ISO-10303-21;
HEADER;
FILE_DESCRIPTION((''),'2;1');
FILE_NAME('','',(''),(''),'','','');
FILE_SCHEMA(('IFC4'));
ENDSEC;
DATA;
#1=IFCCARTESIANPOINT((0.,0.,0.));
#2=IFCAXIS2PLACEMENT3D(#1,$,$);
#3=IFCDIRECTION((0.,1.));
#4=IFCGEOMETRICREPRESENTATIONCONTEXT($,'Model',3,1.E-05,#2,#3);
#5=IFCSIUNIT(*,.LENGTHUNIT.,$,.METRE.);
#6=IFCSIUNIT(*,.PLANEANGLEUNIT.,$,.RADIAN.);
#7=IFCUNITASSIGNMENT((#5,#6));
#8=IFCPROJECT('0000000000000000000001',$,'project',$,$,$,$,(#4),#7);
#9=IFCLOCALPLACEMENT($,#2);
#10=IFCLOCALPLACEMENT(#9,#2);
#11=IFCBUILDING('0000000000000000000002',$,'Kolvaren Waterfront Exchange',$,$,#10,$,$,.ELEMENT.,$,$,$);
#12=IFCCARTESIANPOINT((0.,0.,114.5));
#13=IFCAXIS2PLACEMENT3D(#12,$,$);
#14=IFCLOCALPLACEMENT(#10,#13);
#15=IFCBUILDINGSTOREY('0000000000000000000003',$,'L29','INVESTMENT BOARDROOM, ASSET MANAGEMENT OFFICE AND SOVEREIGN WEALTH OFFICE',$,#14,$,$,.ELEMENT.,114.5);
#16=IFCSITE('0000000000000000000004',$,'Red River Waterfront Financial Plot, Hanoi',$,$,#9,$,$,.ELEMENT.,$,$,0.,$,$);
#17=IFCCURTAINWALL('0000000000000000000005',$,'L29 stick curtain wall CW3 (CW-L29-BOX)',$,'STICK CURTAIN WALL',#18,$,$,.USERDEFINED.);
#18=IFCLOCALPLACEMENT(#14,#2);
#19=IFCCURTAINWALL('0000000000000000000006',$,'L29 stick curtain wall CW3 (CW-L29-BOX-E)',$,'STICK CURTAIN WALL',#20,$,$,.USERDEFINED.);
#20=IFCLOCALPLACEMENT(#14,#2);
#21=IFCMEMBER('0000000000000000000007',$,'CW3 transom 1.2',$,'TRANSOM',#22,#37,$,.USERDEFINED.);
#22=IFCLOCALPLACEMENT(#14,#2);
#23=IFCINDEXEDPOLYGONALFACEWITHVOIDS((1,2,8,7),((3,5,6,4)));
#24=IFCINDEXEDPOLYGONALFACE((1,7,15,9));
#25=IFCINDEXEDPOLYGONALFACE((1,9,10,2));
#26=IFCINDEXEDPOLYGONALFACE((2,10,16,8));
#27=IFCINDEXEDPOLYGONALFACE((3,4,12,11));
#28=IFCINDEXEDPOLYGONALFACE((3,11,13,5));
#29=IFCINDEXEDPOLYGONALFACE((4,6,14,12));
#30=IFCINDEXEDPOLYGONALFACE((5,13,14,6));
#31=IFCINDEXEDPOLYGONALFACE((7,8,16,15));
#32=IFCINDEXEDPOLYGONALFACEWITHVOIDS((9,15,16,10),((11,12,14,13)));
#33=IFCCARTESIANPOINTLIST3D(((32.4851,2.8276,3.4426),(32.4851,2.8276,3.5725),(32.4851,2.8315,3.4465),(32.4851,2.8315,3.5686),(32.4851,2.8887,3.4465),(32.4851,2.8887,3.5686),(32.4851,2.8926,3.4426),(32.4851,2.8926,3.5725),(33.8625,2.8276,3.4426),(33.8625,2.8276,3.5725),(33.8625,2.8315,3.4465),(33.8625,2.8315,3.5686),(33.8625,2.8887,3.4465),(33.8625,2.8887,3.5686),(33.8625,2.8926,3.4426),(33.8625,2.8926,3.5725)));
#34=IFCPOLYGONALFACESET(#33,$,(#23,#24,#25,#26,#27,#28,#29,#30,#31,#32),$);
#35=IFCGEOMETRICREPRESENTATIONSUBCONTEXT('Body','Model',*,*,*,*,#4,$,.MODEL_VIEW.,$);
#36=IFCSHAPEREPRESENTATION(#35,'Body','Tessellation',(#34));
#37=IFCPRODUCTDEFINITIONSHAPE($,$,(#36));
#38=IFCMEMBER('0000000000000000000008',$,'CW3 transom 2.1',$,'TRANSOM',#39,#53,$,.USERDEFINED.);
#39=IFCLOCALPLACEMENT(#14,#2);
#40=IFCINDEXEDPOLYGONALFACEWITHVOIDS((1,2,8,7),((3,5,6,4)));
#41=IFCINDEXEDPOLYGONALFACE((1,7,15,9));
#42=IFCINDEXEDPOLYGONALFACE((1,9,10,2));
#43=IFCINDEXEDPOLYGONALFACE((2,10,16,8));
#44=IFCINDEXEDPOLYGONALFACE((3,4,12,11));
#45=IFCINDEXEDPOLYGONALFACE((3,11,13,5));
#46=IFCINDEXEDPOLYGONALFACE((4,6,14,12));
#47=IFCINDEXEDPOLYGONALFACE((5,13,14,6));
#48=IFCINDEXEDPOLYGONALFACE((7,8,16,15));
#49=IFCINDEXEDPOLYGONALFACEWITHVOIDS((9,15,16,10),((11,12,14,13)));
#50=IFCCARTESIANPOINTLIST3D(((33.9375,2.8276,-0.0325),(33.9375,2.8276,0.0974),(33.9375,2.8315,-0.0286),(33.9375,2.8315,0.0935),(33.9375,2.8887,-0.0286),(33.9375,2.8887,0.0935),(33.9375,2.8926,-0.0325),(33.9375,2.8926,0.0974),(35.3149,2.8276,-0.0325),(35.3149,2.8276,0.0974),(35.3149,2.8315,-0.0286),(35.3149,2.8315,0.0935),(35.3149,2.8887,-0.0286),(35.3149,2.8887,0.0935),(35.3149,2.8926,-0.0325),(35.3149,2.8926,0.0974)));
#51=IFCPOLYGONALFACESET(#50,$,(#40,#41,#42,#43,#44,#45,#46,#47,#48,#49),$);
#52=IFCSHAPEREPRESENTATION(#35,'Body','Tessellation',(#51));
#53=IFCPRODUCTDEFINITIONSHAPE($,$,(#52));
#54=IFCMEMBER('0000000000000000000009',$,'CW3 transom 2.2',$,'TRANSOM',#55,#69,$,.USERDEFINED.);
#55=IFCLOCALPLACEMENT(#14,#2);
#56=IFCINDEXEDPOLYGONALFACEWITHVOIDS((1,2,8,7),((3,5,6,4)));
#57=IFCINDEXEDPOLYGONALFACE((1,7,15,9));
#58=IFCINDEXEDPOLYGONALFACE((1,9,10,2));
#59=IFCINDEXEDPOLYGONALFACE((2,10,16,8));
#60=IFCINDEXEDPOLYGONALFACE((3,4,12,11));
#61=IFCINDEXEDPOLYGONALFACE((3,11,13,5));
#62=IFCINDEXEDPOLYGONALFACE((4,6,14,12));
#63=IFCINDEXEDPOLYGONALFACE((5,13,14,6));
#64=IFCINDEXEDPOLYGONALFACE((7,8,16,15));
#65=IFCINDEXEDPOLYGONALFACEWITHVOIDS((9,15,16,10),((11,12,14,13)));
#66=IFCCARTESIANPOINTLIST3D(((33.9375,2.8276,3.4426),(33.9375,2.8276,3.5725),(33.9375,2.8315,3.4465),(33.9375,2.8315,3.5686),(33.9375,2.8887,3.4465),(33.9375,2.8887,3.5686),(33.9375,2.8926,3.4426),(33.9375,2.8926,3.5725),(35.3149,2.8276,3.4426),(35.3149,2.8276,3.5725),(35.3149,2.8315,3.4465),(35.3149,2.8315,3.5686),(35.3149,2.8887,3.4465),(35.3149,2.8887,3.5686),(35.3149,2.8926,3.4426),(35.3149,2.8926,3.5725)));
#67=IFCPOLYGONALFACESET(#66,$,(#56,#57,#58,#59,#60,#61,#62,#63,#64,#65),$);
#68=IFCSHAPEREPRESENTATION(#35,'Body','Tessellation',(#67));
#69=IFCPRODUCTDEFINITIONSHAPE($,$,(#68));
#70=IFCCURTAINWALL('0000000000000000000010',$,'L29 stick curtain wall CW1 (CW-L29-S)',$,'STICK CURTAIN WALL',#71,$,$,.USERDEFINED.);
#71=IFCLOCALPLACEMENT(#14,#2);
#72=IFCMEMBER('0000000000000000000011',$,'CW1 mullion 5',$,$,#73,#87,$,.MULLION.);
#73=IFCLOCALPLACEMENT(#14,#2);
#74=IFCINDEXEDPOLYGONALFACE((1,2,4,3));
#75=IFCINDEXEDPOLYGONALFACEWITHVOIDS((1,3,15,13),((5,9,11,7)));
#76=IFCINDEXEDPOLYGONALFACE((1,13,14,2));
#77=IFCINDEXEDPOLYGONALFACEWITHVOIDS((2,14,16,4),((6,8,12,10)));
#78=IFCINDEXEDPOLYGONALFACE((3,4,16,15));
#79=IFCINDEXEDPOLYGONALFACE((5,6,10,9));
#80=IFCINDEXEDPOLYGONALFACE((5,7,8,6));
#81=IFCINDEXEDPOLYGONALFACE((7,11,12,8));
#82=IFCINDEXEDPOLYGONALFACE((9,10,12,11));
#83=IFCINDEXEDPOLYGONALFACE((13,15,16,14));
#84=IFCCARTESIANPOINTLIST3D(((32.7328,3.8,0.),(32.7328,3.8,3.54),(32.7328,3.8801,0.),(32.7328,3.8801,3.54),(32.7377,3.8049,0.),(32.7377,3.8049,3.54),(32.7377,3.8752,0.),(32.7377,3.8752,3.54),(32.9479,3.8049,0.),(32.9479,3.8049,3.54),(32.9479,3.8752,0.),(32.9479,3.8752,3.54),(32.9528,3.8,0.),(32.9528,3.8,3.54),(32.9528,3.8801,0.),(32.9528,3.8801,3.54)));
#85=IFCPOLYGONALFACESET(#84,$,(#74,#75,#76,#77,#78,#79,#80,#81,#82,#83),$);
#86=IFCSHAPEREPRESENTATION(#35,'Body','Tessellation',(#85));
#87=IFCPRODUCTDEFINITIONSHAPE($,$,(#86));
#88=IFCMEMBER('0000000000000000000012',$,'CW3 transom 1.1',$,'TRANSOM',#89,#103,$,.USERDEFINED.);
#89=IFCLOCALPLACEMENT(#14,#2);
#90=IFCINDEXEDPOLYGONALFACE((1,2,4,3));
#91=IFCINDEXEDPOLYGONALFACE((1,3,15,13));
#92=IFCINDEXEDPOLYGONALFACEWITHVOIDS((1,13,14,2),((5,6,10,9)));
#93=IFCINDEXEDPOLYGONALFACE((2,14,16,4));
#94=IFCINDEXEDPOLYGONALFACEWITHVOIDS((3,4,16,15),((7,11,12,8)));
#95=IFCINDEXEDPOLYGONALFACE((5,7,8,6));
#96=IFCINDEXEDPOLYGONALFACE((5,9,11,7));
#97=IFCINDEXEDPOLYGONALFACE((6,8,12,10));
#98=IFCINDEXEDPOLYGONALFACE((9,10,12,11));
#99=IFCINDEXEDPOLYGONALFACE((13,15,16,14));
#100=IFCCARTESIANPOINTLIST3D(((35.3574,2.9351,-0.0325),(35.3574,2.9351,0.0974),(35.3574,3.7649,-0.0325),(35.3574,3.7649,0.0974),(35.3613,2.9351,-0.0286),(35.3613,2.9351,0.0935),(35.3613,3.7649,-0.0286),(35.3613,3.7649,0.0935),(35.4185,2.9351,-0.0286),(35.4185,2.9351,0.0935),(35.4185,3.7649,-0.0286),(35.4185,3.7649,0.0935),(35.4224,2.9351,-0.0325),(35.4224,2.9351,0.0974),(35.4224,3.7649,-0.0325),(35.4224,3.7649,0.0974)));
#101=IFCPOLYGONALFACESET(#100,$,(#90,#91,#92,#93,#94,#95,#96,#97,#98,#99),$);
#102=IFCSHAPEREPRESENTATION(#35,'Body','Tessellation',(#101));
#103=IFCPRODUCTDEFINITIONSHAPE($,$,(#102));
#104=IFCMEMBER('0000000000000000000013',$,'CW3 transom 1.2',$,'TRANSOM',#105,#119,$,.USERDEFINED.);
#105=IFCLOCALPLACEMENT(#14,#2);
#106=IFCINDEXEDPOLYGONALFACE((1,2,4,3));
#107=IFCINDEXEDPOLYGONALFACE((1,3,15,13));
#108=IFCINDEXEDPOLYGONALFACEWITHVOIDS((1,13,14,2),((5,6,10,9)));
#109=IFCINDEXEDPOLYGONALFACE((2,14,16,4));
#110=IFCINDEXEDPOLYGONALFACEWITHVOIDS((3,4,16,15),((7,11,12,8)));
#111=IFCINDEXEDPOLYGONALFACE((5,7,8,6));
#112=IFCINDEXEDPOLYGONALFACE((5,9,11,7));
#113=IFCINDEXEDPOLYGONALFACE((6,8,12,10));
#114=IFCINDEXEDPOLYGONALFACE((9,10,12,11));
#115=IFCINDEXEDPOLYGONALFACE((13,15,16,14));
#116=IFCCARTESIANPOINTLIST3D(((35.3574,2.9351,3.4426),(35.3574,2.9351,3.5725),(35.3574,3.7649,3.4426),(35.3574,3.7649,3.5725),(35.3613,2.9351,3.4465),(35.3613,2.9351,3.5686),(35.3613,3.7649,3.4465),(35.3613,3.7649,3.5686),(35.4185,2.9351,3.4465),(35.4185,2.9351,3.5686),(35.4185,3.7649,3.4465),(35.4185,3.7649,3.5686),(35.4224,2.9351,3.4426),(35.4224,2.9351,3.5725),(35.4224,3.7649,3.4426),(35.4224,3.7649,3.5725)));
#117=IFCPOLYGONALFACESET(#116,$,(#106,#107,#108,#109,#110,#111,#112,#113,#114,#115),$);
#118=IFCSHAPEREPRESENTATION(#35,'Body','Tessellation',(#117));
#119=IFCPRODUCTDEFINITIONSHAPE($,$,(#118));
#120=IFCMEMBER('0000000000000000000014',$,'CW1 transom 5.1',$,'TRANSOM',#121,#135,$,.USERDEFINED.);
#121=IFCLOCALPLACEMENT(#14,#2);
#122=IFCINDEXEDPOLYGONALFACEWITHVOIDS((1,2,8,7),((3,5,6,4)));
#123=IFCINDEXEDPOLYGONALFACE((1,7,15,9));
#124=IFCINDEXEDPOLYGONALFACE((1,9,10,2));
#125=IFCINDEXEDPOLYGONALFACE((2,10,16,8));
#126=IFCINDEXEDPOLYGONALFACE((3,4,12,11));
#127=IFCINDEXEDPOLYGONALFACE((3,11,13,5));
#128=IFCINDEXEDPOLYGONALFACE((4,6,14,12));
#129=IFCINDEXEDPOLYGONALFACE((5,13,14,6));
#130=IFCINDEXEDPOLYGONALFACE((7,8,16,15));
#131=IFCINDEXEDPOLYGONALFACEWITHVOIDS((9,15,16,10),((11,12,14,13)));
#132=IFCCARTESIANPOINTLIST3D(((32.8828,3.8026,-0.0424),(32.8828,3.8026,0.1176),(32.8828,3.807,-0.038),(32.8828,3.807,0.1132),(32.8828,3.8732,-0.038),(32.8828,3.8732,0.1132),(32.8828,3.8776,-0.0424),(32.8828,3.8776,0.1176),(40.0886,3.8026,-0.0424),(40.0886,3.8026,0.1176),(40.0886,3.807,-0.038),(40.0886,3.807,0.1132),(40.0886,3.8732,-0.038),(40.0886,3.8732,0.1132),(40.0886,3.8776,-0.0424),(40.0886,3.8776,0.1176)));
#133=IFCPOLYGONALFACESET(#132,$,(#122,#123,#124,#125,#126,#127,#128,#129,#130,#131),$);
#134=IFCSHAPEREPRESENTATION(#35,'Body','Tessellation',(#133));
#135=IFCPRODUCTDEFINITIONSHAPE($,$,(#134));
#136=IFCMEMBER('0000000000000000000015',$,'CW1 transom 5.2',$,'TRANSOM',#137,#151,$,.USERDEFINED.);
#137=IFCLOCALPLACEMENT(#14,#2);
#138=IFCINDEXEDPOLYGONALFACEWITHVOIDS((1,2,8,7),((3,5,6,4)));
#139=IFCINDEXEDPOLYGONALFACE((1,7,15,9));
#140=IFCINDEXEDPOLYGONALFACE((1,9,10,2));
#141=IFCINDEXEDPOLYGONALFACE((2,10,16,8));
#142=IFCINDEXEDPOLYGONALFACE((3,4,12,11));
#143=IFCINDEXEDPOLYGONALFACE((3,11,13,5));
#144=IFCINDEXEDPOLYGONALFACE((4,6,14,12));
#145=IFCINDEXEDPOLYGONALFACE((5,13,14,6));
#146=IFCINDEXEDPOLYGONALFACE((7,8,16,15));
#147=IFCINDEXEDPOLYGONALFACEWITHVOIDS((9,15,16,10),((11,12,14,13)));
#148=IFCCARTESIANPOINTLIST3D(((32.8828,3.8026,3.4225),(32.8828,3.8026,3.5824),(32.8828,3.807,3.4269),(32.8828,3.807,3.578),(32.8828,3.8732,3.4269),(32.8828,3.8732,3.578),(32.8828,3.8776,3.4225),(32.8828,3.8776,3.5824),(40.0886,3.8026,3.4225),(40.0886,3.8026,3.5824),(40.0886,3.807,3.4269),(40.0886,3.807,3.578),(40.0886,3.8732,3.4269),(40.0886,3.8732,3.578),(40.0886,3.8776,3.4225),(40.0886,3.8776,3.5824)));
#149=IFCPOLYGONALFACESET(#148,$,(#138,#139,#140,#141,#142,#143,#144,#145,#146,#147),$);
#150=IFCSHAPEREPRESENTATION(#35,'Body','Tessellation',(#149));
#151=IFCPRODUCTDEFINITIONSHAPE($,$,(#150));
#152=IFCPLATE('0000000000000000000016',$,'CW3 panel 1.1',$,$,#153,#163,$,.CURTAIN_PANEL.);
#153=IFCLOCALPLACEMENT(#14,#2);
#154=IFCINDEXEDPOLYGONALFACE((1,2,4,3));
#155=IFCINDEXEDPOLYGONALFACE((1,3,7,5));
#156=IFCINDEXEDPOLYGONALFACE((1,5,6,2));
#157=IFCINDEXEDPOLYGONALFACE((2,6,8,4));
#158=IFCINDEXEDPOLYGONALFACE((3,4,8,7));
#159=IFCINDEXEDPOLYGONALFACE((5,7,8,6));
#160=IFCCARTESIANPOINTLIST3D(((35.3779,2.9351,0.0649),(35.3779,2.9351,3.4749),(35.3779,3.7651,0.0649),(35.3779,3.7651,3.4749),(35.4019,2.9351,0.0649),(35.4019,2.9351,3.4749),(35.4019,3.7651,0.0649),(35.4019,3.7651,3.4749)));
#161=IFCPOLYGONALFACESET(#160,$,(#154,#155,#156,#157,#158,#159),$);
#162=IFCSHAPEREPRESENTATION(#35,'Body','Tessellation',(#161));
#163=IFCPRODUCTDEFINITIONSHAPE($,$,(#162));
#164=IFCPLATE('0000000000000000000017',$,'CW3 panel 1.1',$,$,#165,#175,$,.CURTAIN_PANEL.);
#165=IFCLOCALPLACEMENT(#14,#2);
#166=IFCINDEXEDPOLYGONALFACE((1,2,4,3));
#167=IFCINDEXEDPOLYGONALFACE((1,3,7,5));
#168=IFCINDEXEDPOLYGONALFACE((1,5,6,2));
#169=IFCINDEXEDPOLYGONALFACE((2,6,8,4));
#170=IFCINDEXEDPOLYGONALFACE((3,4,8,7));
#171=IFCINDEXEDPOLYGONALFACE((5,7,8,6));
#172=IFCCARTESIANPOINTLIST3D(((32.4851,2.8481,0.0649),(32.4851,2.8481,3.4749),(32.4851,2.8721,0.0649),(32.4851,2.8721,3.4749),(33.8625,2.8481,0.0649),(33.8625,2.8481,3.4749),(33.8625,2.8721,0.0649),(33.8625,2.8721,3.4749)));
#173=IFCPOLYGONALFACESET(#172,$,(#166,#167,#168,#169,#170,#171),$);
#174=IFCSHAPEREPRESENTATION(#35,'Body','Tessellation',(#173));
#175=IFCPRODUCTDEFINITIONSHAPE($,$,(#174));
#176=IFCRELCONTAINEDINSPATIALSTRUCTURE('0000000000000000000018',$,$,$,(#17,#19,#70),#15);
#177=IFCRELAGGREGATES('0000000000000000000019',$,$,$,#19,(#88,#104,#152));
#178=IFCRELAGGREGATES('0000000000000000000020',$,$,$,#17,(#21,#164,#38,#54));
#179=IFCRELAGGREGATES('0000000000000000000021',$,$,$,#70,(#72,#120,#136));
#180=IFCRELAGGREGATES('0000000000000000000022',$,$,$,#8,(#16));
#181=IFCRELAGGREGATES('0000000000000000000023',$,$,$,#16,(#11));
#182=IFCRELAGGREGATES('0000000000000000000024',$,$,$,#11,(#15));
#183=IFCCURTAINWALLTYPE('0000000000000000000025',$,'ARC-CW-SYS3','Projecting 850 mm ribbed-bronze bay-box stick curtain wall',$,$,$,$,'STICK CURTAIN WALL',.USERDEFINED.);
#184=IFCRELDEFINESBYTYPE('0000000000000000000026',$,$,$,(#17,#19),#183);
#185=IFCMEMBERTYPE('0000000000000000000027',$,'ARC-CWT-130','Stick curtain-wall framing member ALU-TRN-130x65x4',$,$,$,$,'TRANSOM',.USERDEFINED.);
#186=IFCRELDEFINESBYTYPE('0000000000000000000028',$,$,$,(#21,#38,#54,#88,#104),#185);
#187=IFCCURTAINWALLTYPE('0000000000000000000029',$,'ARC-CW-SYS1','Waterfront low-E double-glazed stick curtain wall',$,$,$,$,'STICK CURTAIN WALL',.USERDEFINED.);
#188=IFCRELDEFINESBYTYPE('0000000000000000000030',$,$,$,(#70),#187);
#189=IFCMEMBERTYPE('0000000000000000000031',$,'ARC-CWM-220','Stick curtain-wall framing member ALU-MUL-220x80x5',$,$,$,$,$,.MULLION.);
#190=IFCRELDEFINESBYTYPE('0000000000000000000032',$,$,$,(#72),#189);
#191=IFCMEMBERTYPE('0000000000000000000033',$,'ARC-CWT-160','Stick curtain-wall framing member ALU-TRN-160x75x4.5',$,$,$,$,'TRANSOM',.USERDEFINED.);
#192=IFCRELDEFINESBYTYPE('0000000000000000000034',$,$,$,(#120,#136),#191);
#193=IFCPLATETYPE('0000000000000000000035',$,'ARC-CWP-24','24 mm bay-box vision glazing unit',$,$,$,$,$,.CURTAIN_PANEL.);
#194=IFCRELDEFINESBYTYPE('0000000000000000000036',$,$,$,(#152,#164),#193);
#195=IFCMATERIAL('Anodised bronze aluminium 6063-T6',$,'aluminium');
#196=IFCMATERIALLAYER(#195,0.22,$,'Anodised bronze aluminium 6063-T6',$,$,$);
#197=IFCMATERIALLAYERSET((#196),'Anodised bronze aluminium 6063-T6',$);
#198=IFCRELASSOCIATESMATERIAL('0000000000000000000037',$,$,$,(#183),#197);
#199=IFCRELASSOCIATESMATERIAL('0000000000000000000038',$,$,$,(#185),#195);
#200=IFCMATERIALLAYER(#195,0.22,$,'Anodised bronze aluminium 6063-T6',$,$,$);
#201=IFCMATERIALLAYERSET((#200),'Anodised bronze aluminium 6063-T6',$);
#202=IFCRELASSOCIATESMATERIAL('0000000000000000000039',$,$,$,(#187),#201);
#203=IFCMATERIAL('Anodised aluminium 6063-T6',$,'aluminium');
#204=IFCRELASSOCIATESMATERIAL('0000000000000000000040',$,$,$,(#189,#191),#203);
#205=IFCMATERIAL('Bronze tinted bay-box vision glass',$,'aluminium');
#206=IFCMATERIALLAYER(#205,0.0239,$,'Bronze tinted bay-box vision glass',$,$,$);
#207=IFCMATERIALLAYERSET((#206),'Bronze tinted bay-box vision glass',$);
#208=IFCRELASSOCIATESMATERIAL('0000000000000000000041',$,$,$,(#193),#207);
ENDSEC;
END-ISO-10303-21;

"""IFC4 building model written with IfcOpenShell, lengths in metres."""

from ifc_helpers import new_model, si_unit, direction, frame, origin, origin_with_axes, origin_2d, place, context, subcontext, project, spatial, rectangle, hollow_rectangle, extrude, source, transform, mapped, material, layer, layer_set, material_profile, profile_set, type_object, element, aggregate, save


model = new_model("IFC4")

# Units and contexts
model_context = context("Model", 3, precision=1e-05, world=origin(), true_north=direction((0.0, 1.0)))
body_context = subcontext(model_context, "Body", "Model", "MODEL_VIEW")
ifc_project = project(units=[si_unit("LENGTHUNIT", "METRE"), si_unit("PLANEANGLEUNIT", "RADIAN")], contexts=[model_context])

# Site, building, storey
site_placement = place(None, origin())
site = spatial("IfcSite", under=ifc_project, at=site_placement, Name="Red River Waterfront Financial Plot, Hanoi", CompositionType="ELEMENT", RefElevation=0.0)
building_placement = place(site_placement, origin())
building = spatial("IfcBuilding", under=site, at=building_placement, Name="Kolvaren Waterfront Exchange", CompositionType="ELEMENT")
storey_placement = place(building_placement, frame((0.0, 0.0, 114.5)))
storey = spatial("IfcBuildingStorey", under=building, at=storey_placement, Name="L29", Description="INVESTMENT BOARDROOM, ASSET MANAGEMENT OFFICE AND SOVEREIGN WEALTH OFFICE", CompositionType="ELEMENT", Elevation=114.5)

# Curtain walls
ifc_material_1 = material(Name="Anodised bronze aluminium 6063-T6", Category="aluminium")
ifc_layer_1 = layer(ifc_material_1, 0.22, Name="Anodised bronze aluminium 6063-T6")
ifc_layer_set_1 = layer_set([ifc_layer_1], Name="Anodised bronze aluminium 6063-T6")
curtain_wall_type_1 = type_object("IfcCurtainWallType", Name="ARC-CW-SYS3", Description="Projecting 850 mm ribbed-bronze bay-box stick curtain wall", ElementType="STICK CURTAIN WALL", PredefinedType="USERDEFINED", material=ifc_layer_set_1)
curtain_wall_1_placement = place(storey_placement, origin())
curtain_wall_1 = element("IfcCurtainWall", 1, at=curtain_wall_1_placement, inside=storey, type_object=curtain_wall_type_1, Name="L29 stick curtain wall CW3 (CW-L29-BOX)", ObjectType="STICK CURTAIN WALL", PredefinedType="USERDEFINED")
curtain_wall_2_placement = place(storey_placement, origin())
curtain_wall_2 = element("IfcCurtainWall", 2, at=curtain_wall_2_placement, inside=storey, type_object=curtain_wall_type_1, Name="L29 stick curtain wall CW3 (CW-L29-BOX-E)", ObjectType="STICK CURTAIN WALL", PredefinedType="USERDEFINED")

# Members
ifc_material_profile_1 = material_profile(ifc_material_1, hollow_rectangle(XDim=0.0649, YDim=0.1299, WallThickness=0.0039, at=origin_2d()), Name="ALU-TRN-130x65x4")
ifc_profile_set_1 = profile_set([ifc_material_profile_1], Name="Anodised bronze aluminium 6063-T6")
member_type_1 = type_object("IfcMemberType", Name="ARC-CWT-130", Description="Stick curtain-wall framing member ALU-TRN-130x65x4", ElementType="TRANSOM", PredefinedType="USERDEFINED", material=ifc_profile_set_1)
shared_shape_1 = source(origin_with_axes(), body_context, "Body", "SweptSolid", [
    extrude(hollow_rectangle(XDim=0.0649, YDim=0.1299, WallThickness=0.0039, at=origin_2d()), origin(), (0.0, 0.0, 1.0), 1.3774),
])
member_1_placement = place(storey_placement, frame((32.4851, 2.8601, 3.5076), z_axis=(1.0, 0.0, 0.0), x_axis=(0.0, 1.0, 0.0)))
member_1 = element("IfcMember", 3, at=member_1_placement, type_object=member_type_1, Name="CW3 transom 1.2", ObjectType="TRANSOM", PredefinedType="USERDEFINED", context=body_context, shape_type="MappedRepresentation", body=[
    mapped(shared_shape_1, transform((0.0, 0.0, 0.0), x_axis=(1.0, 0.0, 0.0), y_axis=(0.0, 1.0, 0.0), z_axis=(0.0, 0.0, 1.0), scale=1.0)),
])
member_2_placement = place(storey_placement, frame((33.9375, 2.8601, 0.0325), z_axis=(1.0, 0.0, 0.0), x_axis=(0.0, 1.0, 0.0)))
member_2 = element("IfcMember", 4, at=member_2_placement, type_object=member_type_1, Name="CW3 transom 2.1", ObjectType="TRANSOM", PredefinedType="USERDEFINED", context=body_context, shape_type="MappedRepresentation", body=[
    mapped(shared_shape_1, transform((0.0, 0.0, 0.0), x_axis=(1.0, 0.0, 0.0), y_axis=(0.0, 1.0, 0.0), z_axis=(0.0, 0.0, 1.0), scale=1.0)),
])
member_3_placement = place(storey_placement, frame((33.9375, 2.8601, 3.5076), z_axis=(1.0, 0.0, 0.0), x_axis=(0.0, 1.0, 0.0)))
member_3 = element("IfcMember", 5, at=member_3_placement, type_object=member_type_1, Name="CW3 transom 2.2", ObjectType="TRANSOM", PredefinedType="USERDEFINED", context=body_context, shape_type="MappedRepresentation", body=[
    mapped(shared_shape_1, transform((0.0, 0.0, 0.0), x_axis=(1.0, 0.0, 0.0), y_axis=(0.0, 1.0, 0.0), z_axis=(0.0, 0.0, 1.0), scale=1.0)),
])

# Curtain wall, member
ifc_layer_2 = layer(ifc_material_1, 0.22, Name="Anodised bronze aluminium 6063-T6")
ifc_layer_set_2 = layer_set([ifc_layer_2], Name="Anodised bronze aluminium 6063-T6")
curtain_wall_type_2 = type_object("IfcCurtainWallType", Name="ARC-CW-SYS1", Description="Waterfront low-E double-glazed stick curtain wall", ElementType="STICK CURTAIN WALL", PredefinedType="USERDEFINED", material=ifc_layer_set_2)
curtain_wall_3_placement = place(storey_placement, origin())
curtain_wall_3 = element("IfcCurtainWall", 6, at=curtain_wall_3_placement, inside=storey, type_object=curtain_wall_type_2, Name="L29 stick curtain wall CW1 (CW-L29-S)", ObjectType="STICK CURTAIN WALL", PredefinedType="USERDEFINED")
ifc_material_2 = material(Name="Anodised aluminium 6063-T6", Category="aluminium")
ifc_material_profile_2 = material_profile(ifc_material_2, hollow_rectangle(XDim=0.0801, YDim=0.22, WallThickness=0.0049, at=origin_2d()), Name="ALU-MUL-220x80x5")
ifc_profile_set_2 = profile_set([ifc_material_profile_2], Name="Anodised aluminium 6063-T6")
member_type_2 = type_object("IfcMemberType", Name="ARC-CWM-220", Description="Stick curtain-wall framing member ALU-MUL-220x80x5", PredefinedType="MULLION", material=ifc_profile_set_2)
shared_shape_2 = source(origin_with_axes(), body_context, "Body", "SweptSolid", [
    extrude(hollow_rectangle(XDim=0.0801, YDim=0.22, WallThickness=0.0049, at=origin_2d()), origin(), (0.0, 0.0, 1.0), 3.54),
])
member_4_placement = place(storey_placement, frame((32.8428, 3.8401, 0.0), z_axis=(0.0, 0.0, 1.0), x_axis=(0.0, 1.0, 0.0)))
member_4 = element("IfcMember", 7, at=member_4_placement, type_object=member_type_2, Name="CW1 mullion 5", PredefinedType="MULLION", context=body_context, shape_type="MappedRepresentation", body=[
    mapped(shared_shape_2, transform((0.0, 0.0, 0.0), x_axis=(1.0, 0.0, 0.0), y_axis=(0.0, 1.0, 0.0), z_axis=(0.0, 0.0, 1.0), scale=1.0)),
])

# Members
shared_shape_3 = source(origin_with_axes(), body_context, "Body", "SweptSolid", [
    extrude(hollow_rectangle(XDim=0.0649, YDim=0.1299, WallThickness=0.0039, at=origin_2d()), origin(), (0.0, 0.0, 1.0), 0.8298),
])
member_5_placement = place(storey_placement, frame((35.3899, 2.9351, 0.0325), z_axis=(0.0, 1.0, 0.0), x_axis=(-1.0, 0.0, 0.0)))
member_5 = element("IfcMember", 8, at=member_5_placement, type_object=member_type_1, Name="CW3 transom 1.1", ObjectType="TRANSOM", PredefinedType="USERDEFINED", context=body_context, shape_type="MappedRepresentation", body=[
    mapped(shared_shape_3, transform((0.0, 0.0, 0.0), x_axis=(1.0, 0.0, 0.0), y_axis=(0.0, 1.0, 0.0), z_axis=(0.0, 0.0, 1.0), scale=1.0)),
])
member_6_placement = place(storey_placement, frame((35.3899, 2.9351, 3.5076), z_axis=(0.0, 1.0, 0.0), x_axis=(-1.0, 0.0, 0.0)))
member_6 = element("IfcMember", 9, at=member_6_placement, type_object=member_type_1, Name="CW3 transom 1.2", ObjectType="TRANSOM", PredefinedType="USERDEFINED", context=body_context, shape_type="MappedRepresentation", body=[
    mapped(shared_shape_3, transform((0.0, 0.0, 0.0), x_axis=(1.0, 0.0, 0.0), y_axis=(0.0, 1.0, 0.0), z_axis=(0.0, 0.0, 1.0), scale=1.0)),
])
ifc_material_profile_3 = material_profile(ifc_material_2, hollow_rectangle(XDim=0.075, YDim=0.1599, WallThickness=0.0044, at=origin_2d()), Name="ALU-TRN-160x75x4.5")
ifc_profile_set_3 = profile_set([ifc_material_profile_3], Name="Anodised aluminium 6063-T6")
member_type_3 = type_object("IfcMemberType", Name="ARC-CWT-160", Description="Stick curtain-wall framing member ALU-TRN-160x75x4.5", ElementType="TRANSOM", PredefinedType="USERDEFINED", material=ifc_profile_set_3)
shared_shape_4 = source(origin_with_axes(), body_context, "Body", "SweptSolid", [
    extrude(hollow_rectangle(XDim=0.075, YDim=0.1599, WallThickness=0.0044, at=origin_2d()), origin(), (0.0, 0.0, 1.0), 7.2058),
])
member_7_placement = place(storey_placement, frame((32.8828, 3.8401, 0.0376), z_axis=(1.0, 0.0, 0.0), x_axis=(0.0, 1.0, 0.0)))
member_7 = element("IfcMember", 10, at=member_7_placement, type_object=member_type_3, Name="CW1 transom 5.1", ObjectType="TRANSOM", PredefinedType="USERDEFINED", context=body_context, shape_type="MappedRepresentation", body=[
    mapped(shared_shape_4, transform((0.0, 0.0, 0.0), x_axis=(1.0, 0.0, 0.0), y_axis=(0.0, 1.0, 0.0), z_axis=(0.0, 0.0, 1.0), scale=1.0)),
])
member_8_placement = place(storey_placement, frame((32.8828, 3.8401, 3.5024), z_axis=(1.0, 0.0, 0.0), x_axis=(0.0, 1.0, 0.0)))
member_8 = element("IfcMember", 11, at=member_8_placement, type_object=member_type_3, Name="CW1 transom 5.2", ObjectType="TRANSOM", PredefinedType="USERDEFINED", context=body_context, shape_type="MappedRepresentation", body=[
    mapped(shared_shape_4, transform((0.0, 0.0, 0.0), x_axis=(1.0, 0.0, 0.0), y_axis=(0.0, 1.0, 0.0), z_axis=(0.0, 0.0, 1.0), scale=1.0)),
])

# Plates
ifc_material_3 = material(Name="Bronze tinted bay-box vision glass", Category="aluminium")
ifc_layer_3 = layer(ifc_material_3, 0.0239, Name="Bronze tinted bay-box vision glass")
ifc_layer_set_3 = layer_set([ifc_layer_3], Name="Bronze tinted bay-box vision glass")
plate_type_1 = type_object("IfcPlateType", Name="ARC-CWP-24", Description="24 mm bay-box vision glazing unit", PredefinedType="CURTAIN_PANEL", material=ifc_layer_set_3)
shared_shape_5 = source(origin_with_axes(), body_context, "Body", "SweptSolid", [
    extrude(rectangle(XDim=0.8301, YDim=0.0239, at=origin_2d()), origin(), (0.0, 0.0, 1.0), 3.4099),
])
plate_1_placement = place(storey_placement, frame((35.3899, 3.3501, 0.0649), z_axis=(0.0, 0.0, 1.0), x_axis=(0.0, 1.0, 0.0)))
plate_1 = element("IfcPlate", 12, at=plate_1_placement, type_object=plate_type_1, Name="CW3 panel 1.1", PredefinedType="CURTAIN_PANEL", context=body_context, shape_type="MappedRepresentation", body=[
    mapped(shared_shape_5, transform((0.0, 0.0, 0.0), x_axis=(1.0, 0.0, 0.0), y_axis=(0.0, 1.0, 0.0), z_axis=(0.0, 0.0, 1.0), scale=1.0)),
])
aggregate(curtain_wall_2, [member_5, member_6, plate_1])
shared_shape_6 = source(origin_with_axes(), body_context, "Body", "SweptSolid", [
    extrude(rectangle(XDim=1.3774, YDim=0.0239, at=origin_2d()), origin(), (0.0, 0.0, 1.0), 3.4099),
])
plate_2_placement = place(storey_placement, frame((33.1738, 2.8601, 0.0649), z_axis=(0.0, 0.0, 1.0), x_axis=(1.0, 0.0, 0.0)))
plate_2 = element("IfcPlate", 13, at=plate_2_placement, type_object=plate_type_1, Name="CW3 panel 1.1", PredefinedType="CURTAIN_PANEL", context=body_context, shape_type="MappedRepresentation", body=[
    mapped(shared_shape_6, transform((0.0, 0.0, 0.0), x_axis=(1.0, 0.0, 0.0), y_axis=(0.0, 1.0, 0.0), z_axis=(0.0, 0.0, 1.0), scale=1.0)),
])
aggregate(curtain_wall_1, [member_1, plate_2, member_2, member_3])
aggregate(curtain_wall_3, [member_4, member_7, member_8])

save(model, "model.ifc")
